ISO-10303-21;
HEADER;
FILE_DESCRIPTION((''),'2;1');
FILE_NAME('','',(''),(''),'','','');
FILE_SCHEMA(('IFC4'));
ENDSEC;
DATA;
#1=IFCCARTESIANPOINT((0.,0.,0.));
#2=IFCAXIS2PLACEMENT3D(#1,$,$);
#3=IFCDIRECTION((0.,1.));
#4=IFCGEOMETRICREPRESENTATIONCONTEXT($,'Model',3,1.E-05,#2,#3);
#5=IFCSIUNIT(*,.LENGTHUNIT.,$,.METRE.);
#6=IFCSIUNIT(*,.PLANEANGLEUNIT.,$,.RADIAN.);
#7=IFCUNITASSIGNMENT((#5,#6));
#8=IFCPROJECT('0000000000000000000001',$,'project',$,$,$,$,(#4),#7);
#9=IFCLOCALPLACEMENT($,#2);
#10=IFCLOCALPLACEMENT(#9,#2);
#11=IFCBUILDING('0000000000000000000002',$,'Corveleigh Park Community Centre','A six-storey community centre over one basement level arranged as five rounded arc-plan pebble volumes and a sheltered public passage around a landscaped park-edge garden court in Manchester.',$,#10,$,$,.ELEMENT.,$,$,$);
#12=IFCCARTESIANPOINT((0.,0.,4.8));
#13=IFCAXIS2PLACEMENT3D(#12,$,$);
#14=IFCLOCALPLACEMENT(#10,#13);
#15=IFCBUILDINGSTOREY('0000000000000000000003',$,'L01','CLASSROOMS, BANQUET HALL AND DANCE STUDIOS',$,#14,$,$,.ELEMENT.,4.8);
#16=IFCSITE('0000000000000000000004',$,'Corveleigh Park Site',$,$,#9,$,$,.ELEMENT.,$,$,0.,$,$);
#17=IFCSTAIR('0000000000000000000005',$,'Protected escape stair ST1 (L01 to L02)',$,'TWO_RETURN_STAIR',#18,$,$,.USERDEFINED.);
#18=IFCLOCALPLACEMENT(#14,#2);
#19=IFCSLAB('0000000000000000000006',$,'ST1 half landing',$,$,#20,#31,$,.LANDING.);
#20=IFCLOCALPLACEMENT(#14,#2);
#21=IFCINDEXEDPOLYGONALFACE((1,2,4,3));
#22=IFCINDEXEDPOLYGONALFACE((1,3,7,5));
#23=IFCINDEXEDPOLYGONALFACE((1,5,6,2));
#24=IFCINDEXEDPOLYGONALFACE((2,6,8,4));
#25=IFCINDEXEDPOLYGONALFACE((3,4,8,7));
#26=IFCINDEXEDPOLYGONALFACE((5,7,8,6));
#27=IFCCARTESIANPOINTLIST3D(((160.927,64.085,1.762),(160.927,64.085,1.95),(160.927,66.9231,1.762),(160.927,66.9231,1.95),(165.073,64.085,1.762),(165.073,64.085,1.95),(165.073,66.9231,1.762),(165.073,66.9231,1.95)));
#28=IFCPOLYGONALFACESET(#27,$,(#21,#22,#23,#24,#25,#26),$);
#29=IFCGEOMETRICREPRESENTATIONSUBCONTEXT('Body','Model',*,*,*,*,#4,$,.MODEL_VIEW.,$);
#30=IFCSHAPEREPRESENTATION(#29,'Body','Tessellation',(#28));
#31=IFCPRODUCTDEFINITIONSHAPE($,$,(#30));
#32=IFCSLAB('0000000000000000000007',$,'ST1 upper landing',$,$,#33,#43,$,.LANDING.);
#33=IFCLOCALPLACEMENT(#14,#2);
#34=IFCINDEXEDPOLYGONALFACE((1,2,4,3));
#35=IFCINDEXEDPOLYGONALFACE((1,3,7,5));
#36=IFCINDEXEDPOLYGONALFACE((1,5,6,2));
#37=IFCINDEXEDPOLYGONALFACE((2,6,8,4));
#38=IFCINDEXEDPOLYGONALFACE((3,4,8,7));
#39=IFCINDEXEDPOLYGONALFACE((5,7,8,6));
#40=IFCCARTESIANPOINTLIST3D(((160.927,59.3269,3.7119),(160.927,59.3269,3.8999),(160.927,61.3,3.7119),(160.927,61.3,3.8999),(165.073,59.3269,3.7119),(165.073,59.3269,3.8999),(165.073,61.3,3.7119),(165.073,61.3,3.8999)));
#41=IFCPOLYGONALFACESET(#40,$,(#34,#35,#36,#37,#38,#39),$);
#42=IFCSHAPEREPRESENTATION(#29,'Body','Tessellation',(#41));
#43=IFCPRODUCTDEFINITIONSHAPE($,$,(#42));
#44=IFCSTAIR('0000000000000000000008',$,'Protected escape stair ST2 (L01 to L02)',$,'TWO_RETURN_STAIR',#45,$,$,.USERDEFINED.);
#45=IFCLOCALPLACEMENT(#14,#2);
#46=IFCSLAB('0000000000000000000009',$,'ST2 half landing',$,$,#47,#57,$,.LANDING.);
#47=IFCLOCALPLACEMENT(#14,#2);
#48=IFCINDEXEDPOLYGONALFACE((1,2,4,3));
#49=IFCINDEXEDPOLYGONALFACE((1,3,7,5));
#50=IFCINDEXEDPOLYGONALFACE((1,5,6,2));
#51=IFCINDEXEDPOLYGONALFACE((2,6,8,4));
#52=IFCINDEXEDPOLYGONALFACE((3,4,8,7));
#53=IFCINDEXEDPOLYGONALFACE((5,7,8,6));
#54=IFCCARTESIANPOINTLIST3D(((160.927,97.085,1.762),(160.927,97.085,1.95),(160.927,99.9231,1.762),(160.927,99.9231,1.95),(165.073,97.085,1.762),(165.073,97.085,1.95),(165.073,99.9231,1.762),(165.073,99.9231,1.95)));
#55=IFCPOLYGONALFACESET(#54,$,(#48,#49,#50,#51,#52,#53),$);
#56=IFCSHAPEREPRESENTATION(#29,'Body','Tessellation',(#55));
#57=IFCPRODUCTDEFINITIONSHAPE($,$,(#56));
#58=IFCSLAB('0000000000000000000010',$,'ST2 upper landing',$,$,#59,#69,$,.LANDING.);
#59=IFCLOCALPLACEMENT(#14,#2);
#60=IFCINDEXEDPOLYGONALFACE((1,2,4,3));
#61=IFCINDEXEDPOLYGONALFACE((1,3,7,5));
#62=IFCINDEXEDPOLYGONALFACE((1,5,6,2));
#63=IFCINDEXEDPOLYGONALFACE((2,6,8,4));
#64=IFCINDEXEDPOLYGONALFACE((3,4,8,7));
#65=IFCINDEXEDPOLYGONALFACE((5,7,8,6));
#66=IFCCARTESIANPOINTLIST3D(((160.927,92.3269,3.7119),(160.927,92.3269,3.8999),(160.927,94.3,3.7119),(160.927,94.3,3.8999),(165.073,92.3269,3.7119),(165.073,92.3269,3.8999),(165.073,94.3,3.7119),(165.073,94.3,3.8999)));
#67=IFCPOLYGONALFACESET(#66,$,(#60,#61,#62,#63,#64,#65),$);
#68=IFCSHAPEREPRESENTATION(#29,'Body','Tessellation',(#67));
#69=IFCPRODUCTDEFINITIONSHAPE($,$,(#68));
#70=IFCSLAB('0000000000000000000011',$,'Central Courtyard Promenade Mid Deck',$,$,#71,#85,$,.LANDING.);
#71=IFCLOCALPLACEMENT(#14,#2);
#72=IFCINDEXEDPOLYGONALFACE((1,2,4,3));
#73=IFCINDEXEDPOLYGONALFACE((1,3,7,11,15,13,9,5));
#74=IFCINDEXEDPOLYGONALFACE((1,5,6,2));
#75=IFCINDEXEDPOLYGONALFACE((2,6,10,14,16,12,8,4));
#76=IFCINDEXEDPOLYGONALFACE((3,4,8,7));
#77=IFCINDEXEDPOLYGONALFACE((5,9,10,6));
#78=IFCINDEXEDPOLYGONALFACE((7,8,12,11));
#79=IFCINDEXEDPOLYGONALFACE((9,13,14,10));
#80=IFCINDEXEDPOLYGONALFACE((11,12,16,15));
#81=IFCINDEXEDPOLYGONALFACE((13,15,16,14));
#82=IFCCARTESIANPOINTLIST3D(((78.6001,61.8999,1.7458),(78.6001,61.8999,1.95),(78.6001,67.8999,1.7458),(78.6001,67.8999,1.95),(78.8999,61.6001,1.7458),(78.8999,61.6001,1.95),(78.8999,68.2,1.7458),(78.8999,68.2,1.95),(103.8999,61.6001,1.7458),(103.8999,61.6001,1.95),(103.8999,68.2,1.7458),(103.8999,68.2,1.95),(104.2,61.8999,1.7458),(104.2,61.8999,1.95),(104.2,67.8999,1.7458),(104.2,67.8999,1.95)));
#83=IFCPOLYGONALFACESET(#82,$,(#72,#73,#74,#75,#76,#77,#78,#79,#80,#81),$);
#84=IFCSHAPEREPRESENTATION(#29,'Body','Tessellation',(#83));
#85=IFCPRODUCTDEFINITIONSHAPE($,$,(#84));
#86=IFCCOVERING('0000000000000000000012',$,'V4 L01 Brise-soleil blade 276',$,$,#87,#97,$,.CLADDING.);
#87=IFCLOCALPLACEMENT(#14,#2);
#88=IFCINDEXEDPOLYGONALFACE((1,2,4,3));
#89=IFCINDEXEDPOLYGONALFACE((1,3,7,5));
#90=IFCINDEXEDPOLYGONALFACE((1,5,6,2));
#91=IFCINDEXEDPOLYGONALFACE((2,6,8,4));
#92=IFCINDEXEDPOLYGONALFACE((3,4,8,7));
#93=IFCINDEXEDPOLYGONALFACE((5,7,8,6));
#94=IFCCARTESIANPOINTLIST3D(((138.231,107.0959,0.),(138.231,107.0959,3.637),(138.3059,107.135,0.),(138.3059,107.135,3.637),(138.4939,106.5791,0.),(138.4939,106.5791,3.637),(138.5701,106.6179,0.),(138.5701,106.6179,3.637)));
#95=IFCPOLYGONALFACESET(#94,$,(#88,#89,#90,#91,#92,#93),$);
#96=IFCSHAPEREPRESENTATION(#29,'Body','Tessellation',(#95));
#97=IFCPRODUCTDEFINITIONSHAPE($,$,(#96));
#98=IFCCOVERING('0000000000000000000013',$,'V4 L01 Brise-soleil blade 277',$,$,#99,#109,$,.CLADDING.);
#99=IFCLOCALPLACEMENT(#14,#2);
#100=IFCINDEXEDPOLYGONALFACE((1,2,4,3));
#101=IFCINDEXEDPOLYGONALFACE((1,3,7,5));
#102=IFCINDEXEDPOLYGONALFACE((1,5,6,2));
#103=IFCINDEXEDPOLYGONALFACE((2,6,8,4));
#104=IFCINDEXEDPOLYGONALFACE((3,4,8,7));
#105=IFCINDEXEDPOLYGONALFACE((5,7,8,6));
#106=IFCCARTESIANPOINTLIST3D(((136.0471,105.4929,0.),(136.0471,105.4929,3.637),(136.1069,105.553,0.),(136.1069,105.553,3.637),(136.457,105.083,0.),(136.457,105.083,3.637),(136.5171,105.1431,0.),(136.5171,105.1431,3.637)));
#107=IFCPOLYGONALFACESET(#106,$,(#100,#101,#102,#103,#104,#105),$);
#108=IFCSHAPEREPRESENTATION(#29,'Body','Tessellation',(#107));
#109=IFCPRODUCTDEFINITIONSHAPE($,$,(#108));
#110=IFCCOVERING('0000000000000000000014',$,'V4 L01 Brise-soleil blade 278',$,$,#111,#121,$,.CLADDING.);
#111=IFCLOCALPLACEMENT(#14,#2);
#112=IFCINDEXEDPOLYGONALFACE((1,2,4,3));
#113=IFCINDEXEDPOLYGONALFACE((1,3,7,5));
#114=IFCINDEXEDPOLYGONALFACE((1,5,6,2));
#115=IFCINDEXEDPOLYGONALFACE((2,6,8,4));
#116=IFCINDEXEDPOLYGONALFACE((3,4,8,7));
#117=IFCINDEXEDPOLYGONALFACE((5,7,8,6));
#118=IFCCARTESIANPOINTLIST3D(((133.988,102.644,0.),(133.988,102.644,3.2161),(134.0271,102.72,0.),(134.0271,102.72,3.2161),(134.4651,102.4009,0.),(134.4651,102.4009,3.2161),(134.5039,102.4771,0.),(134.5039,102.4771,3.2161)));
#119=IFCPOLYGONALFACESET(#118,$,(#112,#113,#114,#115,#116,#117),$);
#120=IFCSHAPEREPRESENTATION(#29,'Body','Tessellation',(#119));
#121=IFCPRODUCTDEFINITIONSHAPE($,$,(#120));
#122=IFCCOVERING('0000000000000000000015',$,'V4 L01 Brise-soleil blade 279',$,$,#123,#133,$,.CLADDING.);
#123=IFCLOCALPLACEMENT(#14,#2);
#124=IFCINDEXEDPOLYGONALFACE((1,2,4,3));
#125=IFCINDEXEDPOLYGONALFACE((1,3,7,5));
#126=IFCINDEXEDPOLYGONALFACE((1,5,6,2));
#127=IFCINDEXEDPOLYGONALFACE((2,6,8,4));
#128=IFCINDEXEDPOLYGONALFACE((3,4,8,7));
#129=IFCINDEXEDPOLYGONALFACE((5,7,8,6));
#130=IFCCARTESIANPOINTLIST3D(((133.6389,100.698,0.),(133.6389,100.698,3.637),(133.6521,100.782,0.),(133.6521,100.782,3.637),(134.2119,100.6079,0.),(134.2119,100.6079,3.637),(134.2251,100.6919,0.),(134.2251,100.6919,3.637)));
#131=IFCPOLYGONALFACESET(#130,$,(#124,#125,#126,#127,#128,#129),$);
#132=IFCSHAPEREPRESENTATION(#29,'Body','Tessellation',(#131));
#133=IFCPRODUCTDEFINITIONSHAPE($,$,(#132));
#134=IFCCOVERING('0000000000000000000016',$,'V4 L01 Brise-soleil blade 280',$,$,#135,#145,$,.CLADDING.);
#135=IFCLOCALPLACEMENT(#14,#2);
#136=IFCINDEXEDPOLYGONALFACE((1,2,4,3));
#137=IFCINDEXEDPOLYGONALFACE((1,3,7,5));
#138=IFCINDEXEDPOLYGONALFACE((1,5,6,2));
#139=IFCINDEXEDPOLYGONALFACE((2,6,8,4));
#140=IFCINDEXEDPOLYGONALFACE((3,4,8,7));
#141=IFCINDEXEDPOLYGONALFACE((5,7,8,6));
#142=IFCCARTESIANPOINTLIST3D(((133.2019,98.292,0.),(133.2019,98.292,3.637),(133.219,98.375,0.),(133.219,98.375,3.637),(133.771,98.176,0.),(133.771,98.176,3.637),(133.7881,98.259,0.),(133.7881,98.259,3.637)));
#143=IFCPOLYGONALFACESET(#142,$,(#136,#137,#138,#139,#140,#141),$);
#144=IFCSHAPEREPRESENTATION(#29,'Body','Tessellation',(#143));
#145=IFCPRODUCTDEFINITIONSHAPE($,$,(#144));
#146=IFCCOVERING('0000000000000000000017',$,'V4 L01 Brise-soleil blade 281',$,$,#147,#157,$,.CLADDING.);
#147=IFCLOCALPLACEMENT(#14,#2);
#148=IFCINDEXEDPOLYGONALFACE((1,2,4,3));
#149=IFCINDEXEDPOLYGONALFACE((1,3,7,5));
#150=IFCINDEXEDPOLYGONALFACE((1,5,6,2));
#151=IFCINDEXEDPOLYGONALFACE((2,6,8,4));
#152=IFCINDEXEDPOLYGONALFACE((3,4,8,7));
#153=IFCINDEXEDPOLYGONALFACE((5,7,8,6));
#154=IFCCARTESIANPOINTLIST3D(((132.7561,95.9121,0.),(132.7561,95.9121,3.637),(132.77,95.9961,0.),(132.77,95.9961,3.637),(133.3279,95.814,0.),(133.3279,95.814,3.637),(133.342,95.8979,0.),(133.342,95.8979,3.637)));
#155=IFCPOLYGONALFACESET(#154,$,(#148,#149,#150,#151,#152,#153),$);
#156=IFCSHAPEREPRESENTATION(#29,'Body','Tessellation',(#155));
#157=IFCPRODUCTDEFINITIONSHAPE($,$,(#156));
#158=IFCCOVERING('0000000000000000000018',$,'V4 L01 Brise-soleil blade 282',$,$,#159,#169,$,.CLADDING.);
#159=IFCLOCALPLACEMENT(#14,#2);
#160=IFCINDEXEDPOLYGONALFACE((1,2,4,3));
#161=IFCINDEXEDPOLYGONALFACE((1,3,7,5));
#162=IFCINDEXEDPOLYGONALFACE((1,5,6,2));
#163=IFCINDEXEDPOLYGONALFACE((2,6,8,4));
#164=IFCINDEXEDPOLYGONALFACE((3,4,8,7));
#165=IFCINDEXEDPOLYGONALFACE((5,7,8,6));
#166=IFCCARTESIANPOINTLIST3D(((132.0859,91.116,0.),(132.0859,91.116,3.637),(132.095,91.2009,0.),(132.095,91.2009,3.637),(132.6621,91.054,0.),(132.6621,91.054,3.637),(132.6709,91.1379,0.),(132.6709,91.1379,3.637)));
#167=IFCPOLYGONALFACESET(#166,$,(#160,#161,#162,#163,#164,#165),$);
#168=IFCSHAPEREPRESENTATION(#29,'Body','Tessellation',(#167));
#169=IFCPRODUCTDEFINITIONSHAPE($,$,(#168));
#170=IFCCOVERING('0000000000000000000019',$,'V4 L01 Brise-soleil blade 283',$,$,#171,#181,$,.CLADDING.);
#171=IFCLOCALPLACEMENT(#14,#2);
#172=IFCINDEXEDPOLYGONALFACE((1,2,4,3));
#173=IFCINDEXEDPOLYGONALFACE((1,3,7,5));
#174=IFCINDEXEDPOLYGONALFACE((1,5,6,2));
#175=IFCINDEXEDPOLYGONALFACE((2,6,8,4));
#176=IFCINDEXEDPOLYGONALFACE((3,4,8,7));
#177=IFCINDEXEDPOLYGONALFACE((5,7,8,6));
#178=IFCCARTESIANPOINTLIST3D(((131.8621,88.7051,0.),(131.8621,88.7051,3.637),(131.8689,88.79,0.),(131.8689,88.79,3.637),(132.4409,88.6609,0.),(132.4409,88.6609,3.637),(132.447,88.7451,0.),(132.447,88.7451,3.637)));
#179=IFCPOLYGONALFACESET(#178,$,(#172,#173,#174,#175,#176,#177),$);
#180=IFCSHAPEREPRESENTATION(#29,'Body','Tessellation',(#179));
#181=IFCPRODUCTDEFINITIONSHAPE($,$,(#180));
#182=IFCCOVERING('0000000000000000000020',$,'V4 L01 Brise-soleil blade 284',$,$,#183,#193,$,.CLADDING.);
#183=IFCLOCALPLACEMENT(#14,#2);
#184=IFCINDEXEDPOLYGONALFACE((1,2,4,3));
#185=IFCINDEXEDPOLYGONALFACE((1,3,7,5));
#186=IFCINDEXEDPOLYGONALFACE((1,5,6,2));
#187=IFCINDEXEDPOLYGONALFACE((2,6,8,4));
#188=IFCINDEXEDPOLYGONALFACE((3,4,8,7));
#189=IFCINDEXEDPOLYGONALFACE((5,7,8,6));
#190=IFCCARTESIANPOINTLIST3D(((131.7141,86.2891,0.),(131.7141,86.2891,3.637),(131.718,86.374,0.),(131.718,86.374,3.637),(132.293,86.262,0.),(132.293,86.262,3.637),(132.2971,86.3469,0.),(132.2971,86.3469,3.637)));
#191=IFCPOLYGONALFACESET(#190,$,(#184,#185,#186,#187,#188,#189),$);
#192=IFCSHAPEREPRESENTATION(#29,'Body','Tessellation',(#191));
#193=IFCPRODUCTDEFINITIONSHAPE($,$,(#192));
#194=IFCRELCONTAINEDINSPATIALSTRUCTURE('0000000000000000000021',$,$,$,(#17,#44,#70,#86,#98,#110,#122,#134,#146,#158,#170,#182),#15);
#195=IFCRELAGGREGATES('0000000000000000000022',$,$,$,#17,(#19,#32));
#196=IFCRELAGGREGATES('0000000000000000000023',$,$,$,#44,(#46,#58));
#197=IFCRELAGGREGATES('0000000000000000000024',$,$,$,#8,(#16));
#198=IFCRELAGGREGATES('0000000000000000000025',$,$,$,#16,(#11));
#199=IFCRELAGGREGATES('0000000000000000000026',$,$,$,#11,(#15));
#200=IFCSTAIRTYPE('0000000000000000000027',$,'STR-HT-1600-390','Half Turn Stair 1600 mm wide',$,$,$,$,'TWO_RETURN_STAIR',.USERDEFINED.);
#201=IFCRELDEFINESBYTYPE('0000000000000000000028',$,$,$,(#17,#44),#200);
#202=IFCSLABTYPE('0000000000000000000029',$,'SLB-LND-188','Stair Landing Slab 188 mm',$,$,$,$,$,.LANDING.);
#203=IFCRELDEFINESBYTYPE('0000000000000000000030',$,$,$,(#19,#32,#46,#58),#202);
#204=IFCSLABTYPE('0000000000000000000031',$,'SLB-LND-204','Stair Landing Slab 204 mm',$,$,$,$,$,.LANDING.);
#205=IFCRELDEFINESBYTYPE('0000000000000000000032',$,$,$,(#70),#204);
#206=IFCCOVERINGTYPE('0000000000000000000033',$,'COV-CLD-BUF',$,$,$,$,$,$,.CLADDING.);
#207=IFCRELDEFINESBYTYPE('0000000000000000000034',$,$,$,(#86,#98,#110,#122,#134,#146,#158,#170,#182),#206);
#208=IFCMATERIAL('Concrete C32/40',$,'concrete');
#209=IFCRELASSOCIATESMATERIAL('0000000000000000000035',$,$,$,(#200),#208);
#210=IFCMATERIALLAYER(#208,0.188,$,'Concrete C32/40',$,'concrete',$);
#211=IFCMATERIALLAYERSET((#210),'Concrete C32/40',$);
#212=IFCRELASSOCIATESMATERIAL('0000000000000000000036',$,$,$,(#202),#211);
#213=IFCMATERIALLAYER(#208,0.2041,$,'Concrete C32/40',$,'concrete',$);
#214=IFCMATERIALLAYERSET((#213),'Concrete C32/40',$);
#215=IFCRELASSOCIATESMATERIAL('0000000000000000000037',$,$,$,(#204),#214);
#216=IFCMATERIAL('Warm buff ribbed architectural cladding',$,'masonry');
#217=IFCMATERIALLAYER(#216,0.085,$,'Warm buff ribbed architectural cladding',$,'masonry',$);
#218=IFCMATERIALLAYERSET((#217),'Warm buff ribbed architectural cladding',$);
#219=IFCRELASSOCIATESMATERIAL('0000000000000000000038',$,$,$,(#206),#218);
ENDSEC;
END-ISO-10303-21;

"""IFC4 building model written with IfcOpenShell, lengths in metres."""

from ifc_helpers import new_model, si_unit, direction, frame, origin, place, context, subcontext, project, spatial, polyline, outline, extrude, material, layer, layer_set, type_object, element, aggregate, save


model = new_model("IFC4")

# Units and contexts
model_context = context("Model", 3, precision=1e-05, world=origin(), true_north=direction((0.0, 1.0)))
body_context = subcontext(model_context, "Body", "Model", "MODEL_VIEW")
ifc_project = project(units=[si_unit("LENGTHUNIT", "METRE"), si_unit("PLANEANGLEUNIT", "RADIAN")], contexts=[model_context])

# Site, building, storey
site_placement = place(None, origin())
site = spatial("IfcSite", under=ifc_project, at=site_placement, Name="Corveleigh Park Site", CompositionType="ELEMENT", RefElevation=0.0)
building_placement = place(site_placement, origin())
building = spatial("IfcBuilding", under=site, at=building_placement, Name="Corveleigh Park Community Centre", Description="A six-storey community centre over one basement level arranged as five rounded arc-plan pebble volumes and a sheltered public passage around a landscaped park-edge garden court in Manchester.", CompositionType="ELEMENT")
storey_placement = place(building_placement, frame((0.0, 0.0, 4.8)))
storey = spatial("IfcBuildingStorey", under=building, at=storey_placement, Name="L01", Description="CLASSROOMS, BANQUET HALL AND DANCE STUDIOS", CompositionType="ELEMENT", Elevation=4.8)

# Stairs, slabs
ifc_material_1 = material(Name="Concrete C32/40", Category="concrete")
stair_type = type_object("IfcStairType", Name="STR-HT-1600-390", Description="Half Turn Stair 1600 mm wide", ElementType="TWO_RETURN_STAIR", PredefinedType="USERDEFINED", material=ifc_material_1)
stair_1_placement = place(storey_placement, origin())
stair_1 = element("IfcStair", 1, at=stair_1_placement, inside=storey, type_object=stair_type, Name="Protected escape stair ST1 (L01 to L02)", ObjectType="TWO_RETURN_STAIR", PredefinedType="USERDEFINED")
ifc_layer_1 = layer(ifc_material_1, 0.188, Name="Concrete C32/40", Category="concrete")
ifc_layer_set_1 = layer_set([ifc_layer_1], Name="Concrete C32/40")
slab_type_1 = type_object("IfcSlabType", Name="SLB-LND-188", Description="Stair Landing Slab 188 mm", PredefinedType="LANDING", material=ifc_layer_set_1)
slab_1_placement = place(storey_placement, frame((0.0, 0.0, 1.762)))
slab_1 = element("IfcSlab", 2, at=slab_1_placement, type_object=slab_type_1, Name="ST1 half landing", PredefinedType="LANDING", context=body_context, shape_type="SweptSolid", body=[
    extrude(outline(polyline([(160.927, 64.085), (165.073, 64.085), (165.073, 66.9231), (160.927, 66.9231), (160.927, 64.085)])), origin(), (0.0, 0.0, 1.0), 0.188),
])
slab_2_placement = place(storey_placement, frame((0.0, 0.0, 3.7119)))
slab_2 = element("IfcSlab", 3, at=slab_2_placement, type_object=slab_type_1, Name="ST1 upper landing", PredefinedType="LANDING", context=body_context, shape_type="SweptSolid", body=[
    extrude(outline(polyline([(160.927, 59.3269), (165.073, 59.3269), (165.073, 61.3), (160.927, 61.3), (160.927, 59.3269)])), origin(), (0.0, 0.0, 1.0), 0.188),
])
aggregate(stair_1, [slab_1, slab_2])
stair_2_placement = place(storey_placement, origin())
stair_2 = element("IfcStair", 4, at=stair_2_placement, inside=storey, type_object=stair_type, Name="Protected escape stair ST2 (L01 to L02)", ObjectType="TWO_RETURN_STAIR", PredefinedType="USERDEFINED")
slab_3_placement = place(storey_placement, frame((0.0, 0.0, 1.762)))
slab_3 = element("IfcSlab", 5, at=slab_3_placement, type_object=slab_type_1, Name="ST2 half landing", PredefinedType="LANDING", context=body_context, shape_type="SweptSolid", body=[
    extrude(outline(polyline([(160.927, 97.085), (165.073, 97.085), (165.073, 99.9231), (160.927, 99.9231), (160.927, 97.085)])), origin(), (0.0, 0.0, 1.0), 0.188),
])
slab_4_placement = place(storey_placement, frame((0.0, 0.0, 3.7119)))
slab_4 = element("IfcSlab", 6, at=slab_4_placement, type_object=slab_type_1, Name="ST2 upper landing", PredefinedType="LANDING", context=body_context, shape_type="SweptSolid", body=[
    extrude(outline(polyline([(160.927, 92.3269), (165.073, 92.3269), (165.073, 94.3), (160.927, 94.3), (160.927, 92.3269)])), origin(), (0.0, 0.0, 1.0), 0.188),
])
aggregate(stair_2, [slab_3, slab_4])

# Slab
ifc_layer_2 = layer(ifc_material_1, 0.2041, Name="Concrete C32/40", Category="concrete")
ifc_layer_set_2 = layer_set([ifc_layer_2], Name="Concrete C32/40")
slab_type_2 = type_object("IfcSlabType", Name="SLB-LND-204", Description="Stair Landing Slab 204 mm", PredefinedType="LANDING", material=ifc_layer_set_2)
slab_5_placement = place(storey_placement, frame((0.0, 0.0, 1.7458)))
element("IfcSlab", 7, at=slab_5_placement, inside=storey, type_object=slab_type_2, Name="Central Courtyard Promenade Mid Deck", PredefinedType="LANDING", context=body_context, shape_type="SweptSolid", body=[
    extrude(outline(polyline([(78.8999, 61.6001), (103.8999, 61.6001), (104.2, 61.8999), (104.2, 67.8999), (103.8999, 68.2), (78.8999, 68.2), (78.6001, 67.8999), (78.6001, 61.8999), (78.8999, 61.6001)])), origin(), (0.0, 0.0, 1.0), 0.2041),
])

# Coverings
ifc_material_2 = material(Name="Warm buff ribbed architectural cladding", Category="masonry")
ifc_layer_3 = layer(ifc_material_2, 0.085, Name="Warm buff ribbed architectural cladding", Category="masonry")
ifc_layer_set_3 = layer_set([ifc_layer_3], Name="Warm buff ribbed architectural cladding")
covering_type_1 = type_object("IfcCoveringType", Name="COV-CLD-BUF", PredefinedType="CLADDING", material=ifc_layer_set_3)
covering_1_placement = place(storey_placement, origin())
element("IfcCovering", 8, at=covering_1_placement, inside=storey, type_object=covering_type_1, Name="V4 L01 Brise-soleil blade 276", PredefinedType="CLADDING", context=body_context, shape_type="SweptSolid", body=[
    extrude(outline(polyline([(138.4939, 106.5791), (138.5701, 106.6179), (138.3059, 107.135), (138.231, 107.0959), (138.4939, 106.5791)])), origin(), (0.0, 0.0, 1.0), 3.637),
])
covering_2_placement = place(storey_placement, origin())
element("IfcCovering", 9, at=covering_2_placement, inside=storey, type_object=covering_type_1, Name="V4 L01 Brise-soleil blade 277", PredefinedType="CLADDING", context=body_context, shape_type="SweptSolid", body=[
    extrude(outline(polyline([(136.457, 105.083), (136.5171, 105.1431), (136.1069, 105.553), (136.0471, 105.4929), (136.457, 105.083)])), origin(), (0.0, 0.0, 1.0), 3.637),
])
covering_3_placement = place(storey_placement, origin())
element("IfcCovering", 10, at=covering_3_placement, inside=storey, type_object=covering_type_1, Name="V4 L01 Brise-soleil blade 278", PredefinedType="CLADDING", context=body_context, shape_type="SweptSolid", body=[
    extrude(outline(polyline([(134.4651, 102.4009), (134.5039, 102.4771), (134.0271, 102.72), (133.988, 102.644), (134.4651, 102.4009)])), origin(), (0.0, 0.0, 1.0), 3.2161),
])
covering_4_placement = place(storey_placement, origin())
element("IfcCovering", 11, at=covering_4_placement, inside=storey, type_object=covering_type_1, Name="V4 L01 Brise-soleil blade 279", PredefinedType="CLADDING", context=body_context, shape_type="SweptSolid", body=[
    extrude(outline(polyline([(134.2119, 100.6079), (134.2251, 100.6919), (133.6521, 100.782), (133.6389, 100.698), (134.2119, 100.6079)])), origin(), (0.0, 0.0, 1.0), 3.637),
])
covering_5_placement = place(storey_placement, origin())
element("IfcCovering", 12, at=covering_5_placement, inside=storey, type_object=covering_type_1, Name="V4 L01 Brise-soleil blade 280", PredefinedType="CLADDING", context=body_context, shape_type="SweptSolid", body=[
    extrude(outline(polyline([(133.771, 98.176), (133.7881, 98.259), (133.219, 98.375), (133.2019, 98.292), (133.771, 98.176)])), origin(), (0.0, 0.0, 1.0), 3.637),
])
covering_6_placement = place(storey_placement, origin())
element("IfcCovering", 13, at=covering_6_placement, inside=storey, type_object=covering_type_1, Name="V4 L01 Brise-soleil blade 281", PredefinedType="CLADDING", context=body_context, shape_type="SweptSolid", body=[
    extrude(outline(polyline([(133.3279, 95.814), (133.342, 95.8979), (132.77, 95.9961), (132.7561, 95.9121), (133.3279, 95.814)])), origin(), (0.0, 0.0, 1.0), 3.637),
])
covering_7_placement = place(storey_placement, origin())
element("IfcCovering", 14, at=covering_7_placement, inside=storey, type_object=covering_type_1, Name="V4 L01 Brise-soleil blade 282", PredefinedType="CLADDING", context=body_context, shape_type="SweptSolid", body=[
    extrude(outline(polyline([(132.6621, 91.054), (132.6709, 91.1379), (132.095, 91.2009), (132.0859, 91.116), (132.6621, 91.054)])), origin(), (0.0, 0.0, 1.0), 3.637),
])
covering_8_placement = place(storey_placement, origin())
element("IfcCovering", 15, at=covering_8_placement, inside=storey, type_object=covering_type_1, Name="V4 L01 Brise-soleil blade 283", PredefinedType="CLADDING", context=body_context, shape_type="SweptSolid", body=[
    extrude(outline(polyline([(132.4409, 88.6609), (132.447, 88.7451), (131.8689, 88.79), (131.8621, 88.7051), (132.4409, 88.6609)])), origin(), (0.0, 0.0, 1.0), 3.637),
])
covering_9_placement = place(storey_placement, origin())
element("IfcCovering", 16, at=covering_9_placement, inside=storey, type_object=covering_type_1, Name="V4 L01 Brise-soleil blade 284", PredefinedType="CLADDING", context=body_context, shape_type="SweptSolid", body=[
    extrude(outline(polyline([(132.293, 86.262), (132.2971, 86.3469), (131.718, 86.374), (131.7141, 86.2891), (132.293, 86.262)])), origin(), (0.0, 0.0, 1.0), 3.637),
])

save(model, "model.ifc")
